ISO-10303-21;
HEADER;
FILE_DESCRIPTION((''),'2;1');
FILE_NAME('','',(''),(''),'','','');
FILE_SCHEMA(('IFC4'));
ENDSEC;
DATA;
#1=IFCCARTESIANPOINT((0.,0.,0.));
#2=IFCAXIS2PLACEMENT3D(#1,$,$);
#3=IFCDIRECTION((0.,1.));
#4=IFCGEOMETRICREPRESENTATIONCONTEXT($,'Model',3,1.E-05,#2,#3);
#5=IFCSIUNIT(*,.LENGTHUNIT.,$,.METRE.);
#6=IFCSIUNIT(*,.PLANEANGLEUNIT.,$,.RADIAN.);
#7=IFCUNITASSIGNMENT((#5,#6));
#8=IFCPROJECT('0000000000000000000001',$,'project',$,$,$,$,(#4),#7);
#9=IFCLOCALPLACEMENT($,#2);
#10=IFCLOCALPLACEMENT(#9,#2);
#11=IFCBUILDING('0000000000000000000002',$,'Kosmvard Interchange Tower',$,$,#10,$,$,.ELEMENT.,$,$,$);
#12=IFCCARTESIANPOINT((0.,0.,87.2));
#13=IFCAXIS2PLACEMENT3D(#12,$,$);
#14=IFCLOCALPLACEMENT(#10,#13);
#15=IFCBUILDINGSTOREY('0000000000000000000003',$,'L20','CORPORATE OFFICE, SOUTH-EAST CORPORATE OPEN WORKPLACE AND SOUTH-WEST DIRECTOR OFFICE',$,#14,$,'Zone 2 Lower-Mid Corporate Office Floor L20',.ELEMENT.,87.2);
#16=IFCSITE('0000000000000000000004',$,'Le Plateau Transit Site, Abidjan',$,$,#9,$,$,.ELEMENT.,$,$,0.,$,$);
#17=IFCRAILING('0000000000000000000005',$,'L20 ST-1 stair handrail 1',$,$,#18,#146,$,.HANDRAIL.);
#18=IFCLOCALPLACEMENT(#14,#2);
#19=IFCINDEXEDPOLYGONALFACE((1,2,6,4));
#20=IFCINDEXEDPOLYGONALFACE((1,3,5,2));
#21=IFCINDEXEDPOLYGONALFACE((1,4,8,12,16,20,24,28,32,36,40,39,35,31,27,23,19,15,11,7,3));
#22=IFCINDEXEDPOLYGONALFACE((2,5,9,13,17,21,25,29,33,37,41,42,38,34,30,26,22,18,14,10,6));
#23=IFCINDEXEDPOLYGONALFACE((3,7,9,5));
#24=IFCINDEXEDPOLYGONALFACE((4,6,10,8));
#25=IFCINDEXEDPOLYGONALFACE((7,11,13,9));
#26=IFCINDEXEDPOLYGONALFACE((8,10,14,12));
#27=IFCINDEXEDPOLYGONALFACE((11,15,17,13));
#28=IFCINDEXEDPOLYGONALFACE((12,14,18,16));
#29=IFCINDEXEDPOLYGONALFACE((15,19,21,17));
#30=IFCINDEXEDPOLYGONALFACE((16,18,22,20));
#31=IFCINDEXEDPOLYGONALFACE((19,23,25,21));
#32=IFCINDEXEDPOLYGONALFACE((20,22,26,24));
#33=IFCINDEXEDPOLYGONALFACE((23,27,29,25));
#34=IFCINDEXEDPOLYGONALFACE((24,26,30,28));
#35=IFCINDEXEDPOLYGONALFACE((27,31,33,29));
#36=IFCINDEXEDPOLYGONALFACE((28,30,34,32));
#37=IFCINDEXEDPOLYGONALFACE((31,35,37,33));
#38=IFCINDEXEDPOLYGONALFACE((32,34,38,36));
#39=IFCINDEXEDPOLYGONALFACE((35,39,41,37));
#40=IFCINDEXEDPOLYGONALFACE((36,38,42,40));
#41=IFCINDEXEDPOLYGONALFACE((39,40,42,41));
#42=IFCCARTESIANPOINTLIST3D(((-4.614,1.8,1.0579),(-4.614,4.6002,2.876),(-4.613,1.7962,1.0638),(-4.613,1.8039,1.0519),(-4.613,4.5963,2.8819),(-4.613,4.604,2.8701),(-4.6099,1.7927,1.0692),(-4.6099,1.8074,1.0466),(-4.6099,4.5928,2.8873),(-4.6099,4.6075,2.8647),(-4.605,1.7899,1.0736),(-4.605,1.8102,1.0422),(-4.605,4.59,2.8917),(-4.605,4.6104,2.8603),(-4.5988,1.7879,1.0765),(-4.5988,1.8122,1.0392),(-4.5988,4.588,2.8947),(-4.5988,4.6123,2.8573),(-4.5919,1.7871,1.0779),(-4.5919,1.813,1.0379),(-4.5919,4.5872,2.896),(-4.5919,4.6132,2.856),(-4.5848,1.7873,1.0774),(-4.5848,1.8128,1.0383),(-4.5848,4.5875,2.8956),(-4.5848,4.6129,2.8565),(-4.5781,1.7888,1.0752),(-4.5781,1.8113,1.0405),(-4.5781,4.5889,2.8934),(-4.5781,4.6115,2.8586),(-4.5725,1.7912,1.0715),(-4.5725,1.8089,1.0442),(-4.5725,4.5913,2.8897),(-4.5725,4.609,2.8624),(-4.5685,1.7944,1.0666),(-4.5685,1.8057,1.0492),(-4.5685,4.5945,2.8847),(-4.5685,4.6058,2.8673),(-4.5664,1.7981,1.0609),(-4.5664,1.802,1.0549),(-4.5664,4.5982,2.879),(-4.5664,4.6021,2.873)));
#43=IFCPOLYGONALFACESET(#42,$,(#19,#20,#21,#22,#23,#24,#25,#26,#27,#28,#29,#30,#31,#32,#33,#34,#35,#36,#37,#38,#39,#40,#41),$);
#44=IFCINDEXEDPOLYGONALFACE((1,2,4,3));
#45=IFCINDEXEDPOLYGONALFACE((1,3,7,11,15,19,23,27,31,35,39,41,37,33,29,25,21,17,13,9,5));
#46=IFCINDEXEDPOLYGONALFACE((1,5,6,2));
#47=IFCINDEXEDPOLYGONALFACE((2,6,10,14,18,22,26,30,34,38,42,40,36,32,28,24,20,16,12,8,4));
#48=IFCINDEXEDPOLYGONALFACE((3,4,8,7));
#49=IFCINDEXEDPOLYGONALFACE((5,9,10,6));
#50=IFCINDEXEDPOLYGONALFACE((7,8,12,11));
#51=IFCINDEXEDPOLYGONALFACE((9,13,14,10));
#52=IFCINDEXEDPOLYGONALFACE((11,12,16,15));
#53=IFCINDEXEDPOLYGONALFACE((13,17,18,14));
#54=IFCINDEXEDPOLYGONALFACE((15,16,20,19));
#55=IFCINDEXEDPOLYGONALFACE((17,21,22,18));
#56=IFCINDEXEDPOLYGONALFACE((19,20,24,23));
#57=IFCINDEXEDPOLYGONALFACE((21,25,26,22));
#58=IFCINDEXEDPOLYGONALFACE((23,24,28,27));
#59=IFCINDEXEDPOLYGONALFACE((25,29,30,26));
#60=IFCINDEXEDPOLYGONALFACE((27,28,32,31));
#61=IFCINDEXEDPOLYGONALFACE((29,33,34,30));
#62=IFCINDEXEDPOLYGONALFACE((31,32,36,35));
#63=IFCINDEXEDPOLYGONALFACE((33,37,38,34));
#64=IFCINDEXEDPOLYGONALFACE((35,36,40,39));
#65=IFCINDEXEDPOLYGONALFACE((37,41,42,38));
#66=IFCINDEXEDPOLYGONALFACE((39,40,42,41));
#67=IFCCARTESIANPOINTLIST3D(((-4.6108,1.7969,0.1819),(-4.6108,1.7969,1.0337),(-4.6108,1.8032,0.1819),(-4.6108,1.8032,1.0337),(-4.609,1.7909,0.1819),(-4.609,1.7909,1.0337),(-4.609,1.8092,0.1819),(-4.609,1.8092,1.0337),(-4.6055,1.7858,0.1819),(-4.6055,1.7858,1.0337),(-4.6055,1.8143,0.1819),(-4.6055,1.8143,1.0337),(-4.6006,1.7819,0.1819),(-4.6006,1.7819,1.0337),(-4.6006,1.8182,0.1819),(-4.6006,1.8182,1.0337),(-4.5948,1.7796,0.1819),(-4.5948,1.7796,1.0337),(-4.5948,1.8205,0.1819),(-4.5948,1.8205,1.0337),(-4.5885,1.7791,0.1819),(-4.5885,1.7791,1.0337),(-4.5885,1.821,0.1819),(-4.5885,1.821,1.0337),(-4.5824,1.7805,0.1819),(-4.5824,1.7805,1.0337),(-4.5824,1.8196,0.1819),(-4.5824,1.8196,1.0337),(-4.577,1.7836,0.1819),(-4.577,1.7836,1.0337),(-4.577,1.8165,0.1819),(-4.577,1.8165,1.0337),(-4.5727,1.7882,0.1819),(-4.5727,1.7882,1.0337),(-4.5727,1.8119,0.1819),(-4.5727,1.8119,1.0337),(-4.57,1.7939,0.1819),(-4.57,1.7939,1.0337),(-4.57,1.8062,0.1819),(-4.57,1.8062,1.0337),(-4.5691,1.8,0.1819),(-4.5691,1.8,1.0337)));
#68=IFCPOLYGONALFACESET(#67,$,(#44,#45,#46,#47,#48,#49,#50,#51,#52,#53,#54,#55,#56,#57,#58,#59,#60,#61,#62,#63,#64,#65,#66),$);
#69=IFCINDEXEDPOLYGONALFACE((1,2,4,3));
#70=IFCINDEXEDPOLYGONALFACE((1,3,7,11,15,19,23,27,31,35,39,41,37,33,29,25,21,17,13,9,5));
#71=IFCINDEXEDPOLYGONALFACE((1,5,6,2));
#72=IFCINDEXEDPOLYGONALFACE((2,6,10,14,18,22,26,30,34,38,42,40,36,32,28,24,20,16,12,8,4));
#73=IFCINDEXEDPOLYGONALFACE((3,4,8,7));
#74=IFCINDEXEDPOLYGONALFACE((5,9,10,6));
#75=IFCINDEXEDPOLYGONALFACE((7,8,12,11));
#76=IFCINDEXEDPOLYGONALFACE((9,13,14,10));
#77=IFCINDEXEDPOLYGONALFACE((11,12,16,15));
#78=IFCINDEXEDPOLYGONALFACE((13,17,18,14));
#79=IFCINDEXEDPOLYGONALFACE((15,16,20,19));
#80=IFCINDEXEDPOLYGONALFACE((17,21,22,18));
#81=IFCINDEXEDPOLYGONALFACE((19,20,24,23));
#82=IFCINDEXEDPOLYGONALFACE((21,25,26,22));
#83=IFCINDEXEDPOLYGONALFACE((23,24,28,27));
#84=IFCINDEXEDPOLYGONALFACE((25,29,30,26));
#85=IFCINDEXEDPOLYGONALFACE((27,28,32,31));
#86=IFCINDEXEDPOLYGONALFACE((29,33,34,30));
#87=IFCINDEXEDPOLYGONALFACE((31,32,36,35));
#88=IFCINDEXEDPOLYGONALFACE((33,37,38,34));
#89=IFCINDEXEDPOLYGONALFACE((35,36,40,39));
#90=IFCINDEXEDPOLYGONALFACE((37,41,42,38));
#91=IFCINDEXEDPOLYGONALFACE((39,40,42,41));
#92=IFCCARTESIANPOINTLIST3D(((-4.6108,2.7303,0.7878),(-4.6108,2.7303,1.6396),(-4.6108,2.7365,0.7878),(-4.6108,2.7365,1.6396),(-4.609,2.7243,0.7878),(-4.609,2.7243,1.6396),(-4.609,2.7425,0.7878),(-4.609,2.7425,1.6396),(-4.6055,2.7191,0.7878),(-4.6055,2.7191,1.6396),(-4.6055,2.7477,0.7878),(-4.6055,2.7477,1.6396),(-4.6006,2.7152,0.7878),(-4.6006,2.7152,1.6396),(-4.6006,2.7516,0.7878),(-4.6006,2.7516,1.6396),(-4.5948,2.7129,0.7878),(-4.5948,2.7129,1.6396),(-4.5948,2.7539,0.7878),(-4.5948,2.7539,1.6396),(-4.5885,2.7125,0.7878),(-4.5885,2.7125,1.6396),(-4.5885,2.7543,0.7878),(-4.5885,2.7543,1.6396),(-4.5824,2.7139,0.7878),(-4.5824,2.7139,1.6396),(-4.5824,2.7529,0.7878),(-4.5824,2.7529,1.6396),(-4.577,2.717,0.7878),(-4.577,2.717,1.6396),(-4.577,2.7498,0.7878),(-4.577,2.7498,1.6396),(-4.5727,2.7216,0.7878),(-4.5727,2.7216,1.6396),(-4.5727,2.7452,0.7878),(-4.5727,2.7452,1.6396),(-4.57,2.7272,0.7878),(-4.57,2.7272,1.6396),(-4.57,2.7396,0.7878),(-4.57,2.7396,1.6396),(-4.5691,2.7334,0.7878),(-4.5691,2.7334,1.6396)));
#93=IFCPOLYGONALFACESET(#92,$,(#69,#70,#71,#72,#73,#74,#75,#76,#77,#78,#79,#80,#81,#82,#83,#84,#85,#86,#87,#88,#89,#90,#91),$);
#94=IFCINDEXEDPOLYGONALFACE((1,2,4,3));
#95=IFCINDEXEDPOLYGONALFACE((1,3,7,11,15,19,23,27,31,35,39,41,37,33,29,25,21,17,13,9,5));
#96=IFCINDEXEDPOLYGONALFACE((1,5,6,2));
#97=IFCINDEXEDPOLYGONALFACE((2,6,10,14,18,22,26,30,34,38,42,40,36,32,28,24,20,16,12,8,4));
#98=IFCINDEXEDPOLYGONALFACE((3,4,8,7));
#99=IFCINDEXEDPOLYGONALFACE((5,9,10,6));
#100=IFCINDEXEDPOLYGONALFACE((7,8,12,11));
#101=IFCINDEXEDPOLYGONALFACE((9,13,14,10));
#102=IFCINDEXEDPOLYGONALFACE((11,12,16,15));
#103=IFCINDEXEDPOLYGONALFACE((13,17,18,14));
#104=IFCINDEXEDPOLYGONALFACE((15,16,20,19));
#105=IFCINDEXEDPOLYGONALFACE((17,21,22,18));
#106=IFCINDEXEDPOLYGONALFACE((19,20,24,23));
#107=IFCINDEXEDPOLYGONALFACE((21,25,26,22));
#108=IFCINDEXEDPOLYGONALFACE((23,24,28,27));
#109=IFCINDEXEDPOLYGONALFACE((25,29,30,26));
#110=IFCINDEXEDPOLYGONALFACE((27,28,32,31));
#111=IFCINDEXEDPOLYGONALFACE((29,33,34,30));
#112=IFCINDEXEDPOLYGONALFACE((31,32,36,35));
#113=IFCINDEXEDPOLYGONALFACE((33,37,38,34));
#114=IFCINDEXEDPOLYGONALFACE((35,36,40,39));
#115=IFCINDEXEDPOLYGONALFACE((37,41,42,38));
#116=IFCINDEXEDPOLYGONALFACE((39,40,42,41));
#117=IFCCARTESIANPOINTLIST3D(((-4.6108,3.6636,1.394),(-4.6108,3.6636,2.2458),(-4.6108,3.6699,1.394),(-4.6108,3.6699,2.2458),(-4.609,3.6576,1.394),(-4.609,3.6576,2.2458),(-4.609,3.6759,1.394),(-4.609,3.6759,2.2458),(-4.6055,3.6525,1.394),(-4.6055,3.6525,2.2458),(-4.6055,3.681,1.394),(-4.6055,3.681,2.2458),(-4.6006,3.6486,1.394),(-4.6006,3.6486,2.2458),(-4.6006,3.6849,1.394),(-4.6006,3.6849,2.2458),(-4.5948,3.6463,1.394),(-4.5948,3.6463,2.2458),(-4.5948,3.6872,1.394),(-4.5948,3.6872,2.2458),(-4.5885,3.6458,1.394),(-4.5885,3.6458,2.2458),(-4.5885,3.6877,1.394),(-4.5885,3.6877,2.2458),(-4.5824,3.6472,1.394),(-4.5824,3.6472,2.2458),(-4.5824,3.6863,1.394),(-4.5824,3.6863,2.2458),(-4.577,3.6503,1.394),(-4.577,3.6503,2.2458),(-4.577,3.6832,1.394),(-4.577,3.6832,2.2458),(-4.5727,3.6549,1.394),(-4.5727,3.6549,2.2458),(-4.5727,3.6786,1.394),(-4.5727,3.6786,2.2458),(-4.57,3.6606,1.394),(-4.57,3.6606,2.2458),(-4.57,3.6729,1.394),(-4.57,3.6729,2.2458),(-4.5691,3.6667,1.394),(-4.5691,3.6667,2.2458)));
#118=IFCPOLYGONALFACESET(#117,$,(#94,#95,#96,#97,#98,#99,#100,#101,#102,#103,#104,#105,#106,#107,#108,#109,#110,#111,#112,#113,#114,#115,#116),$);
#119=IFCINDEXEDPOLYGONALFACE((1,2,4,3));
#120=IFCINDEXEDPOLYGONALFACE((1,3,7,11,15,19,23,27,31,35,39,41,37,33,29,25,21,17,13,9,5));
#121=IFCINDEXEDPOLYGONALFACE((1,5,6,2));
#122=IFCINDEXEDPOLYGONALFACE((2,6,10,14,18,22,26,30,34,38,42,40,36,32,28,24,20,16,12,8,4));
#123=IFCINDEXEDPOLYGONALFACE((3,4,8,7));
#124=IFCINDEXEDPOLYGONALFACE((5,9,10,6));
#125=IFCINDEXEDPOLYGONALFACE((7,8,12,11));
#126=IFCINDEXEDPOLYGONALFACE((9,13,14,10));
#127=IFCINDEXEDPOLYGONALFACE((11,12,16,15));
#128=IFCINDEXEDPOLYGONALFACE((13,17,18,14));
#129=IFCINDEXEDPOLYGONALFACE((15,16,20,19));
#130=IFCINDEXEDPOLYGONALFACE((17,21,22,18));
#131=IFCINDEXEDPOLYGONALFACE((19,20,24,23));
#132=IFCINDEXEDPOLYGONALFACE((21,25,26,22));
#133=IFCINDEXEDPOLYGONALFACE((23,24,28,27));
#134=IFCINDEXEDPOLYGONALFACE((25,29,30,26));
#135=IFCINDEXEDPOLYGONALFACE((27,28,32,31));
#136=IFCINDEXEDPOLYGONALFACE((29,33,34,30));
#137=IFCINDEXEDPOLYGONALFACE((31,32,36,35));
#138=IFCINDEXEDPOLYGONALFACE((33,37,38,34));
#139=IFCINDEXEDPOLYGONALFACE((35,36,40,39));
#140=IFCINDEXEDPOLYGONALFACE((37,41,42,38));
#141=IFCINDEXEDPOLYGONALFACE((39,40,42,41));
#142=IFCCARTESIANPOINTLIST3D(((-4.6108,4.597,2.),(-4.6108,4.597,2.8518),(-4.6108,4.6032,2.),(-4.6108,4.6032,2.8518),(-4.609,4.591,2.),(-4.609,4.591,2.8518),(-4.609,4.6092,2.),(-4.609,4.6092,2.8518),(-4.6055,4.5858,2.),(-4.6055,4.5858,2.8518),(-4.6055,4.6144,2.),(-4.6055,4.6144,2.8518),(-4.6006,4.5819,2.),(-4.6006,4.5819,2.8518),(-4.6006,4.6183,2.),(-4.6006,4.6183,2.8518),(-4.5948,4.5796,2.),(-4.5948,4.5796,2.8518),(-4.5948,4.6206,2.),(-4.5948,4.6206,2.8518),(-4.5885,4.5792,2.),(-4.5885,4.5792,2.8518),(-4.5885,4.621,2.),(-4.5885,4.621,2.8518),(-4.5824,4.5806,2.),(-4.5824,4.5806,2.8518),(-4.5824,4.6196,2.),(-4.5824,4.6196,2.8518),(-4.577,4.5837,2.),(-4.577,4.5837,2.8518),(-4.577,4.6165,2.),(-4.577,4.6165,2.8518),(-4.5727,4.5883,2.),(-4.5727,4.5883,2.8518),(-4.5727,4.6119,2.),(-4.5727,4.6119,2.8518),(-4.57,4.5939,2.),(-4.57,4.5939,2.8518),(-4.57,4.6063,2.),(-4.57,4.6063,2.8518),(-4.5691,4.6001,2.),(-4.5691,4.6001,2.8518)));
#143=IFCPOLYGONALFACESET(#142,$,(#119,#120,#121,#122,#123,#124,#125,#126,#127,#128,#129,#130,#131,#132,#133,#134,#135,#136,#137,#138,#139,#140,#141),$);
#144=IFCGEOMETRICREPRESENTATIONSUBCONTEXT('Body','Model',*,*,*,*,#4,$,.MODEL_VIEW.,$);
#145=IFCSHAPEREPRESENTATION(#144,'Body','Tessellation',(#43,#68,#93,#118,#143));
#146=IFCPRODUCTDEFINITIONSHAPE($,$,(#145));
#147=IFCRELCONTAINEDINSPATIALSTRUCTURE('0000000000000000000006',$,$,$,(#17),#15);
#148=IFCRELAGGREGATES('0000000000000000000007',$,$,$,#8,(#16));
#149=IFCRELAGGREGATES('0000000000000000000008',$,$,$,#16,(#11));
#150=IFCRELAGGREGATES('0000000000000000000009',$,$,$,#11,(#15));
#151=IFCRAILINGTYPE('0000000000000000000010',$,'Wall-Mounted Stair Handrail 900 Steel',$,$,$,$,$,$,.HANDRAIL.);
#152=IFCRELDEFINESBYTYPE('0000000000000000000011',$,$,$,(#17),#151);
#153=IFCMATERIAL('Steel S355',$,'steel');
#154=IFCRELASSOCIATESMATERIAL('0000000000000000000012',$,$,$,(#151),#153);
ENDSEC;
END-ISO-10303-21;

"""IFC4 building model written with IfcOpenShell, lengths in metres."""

from ifc_helpers import new_model, si_unit, direction, frame, origin, origin_2d, place, context, subcontext, project, spatial, circle, extrude, source, transform, mapped, material, type_object, element, save


model = new_model("IFC4")

# Units and contexts
model_context = context("Model", 3, precision=1e-05, world=origin(), true_north=direction((0.0, 1.0)))
body_context = subcontext(model_context, "Body", "Model", "MODEL_VIEW")
ifc_project = project(units=[si_unit("LENGTHUNIT", "METRE"), si_unit("PLANEANGLEUNIT", "RADIAN")], contexts=[model_context])

# Site, building, storey
site_placement = place(None, origin())
site = spatial("IfcSite", under=ifc_project, at=site_placement, Name="Le Plateau Transit Site, Abidjan", CompositionType="ELEMENT", RefElevation=0.0)
building_placement = place(site_placement, origin())
building = spatial("IfcBuilding", under=site, at=building_placement, Name="Kosmvard Interchange Tower", CompositionType="ELEMENT")
storey_placement = place(building_placement, frame((0.0, 0.0, 87.2)))
storey = spatial("IfcBuildingStorey", under=building, at=storey_placement, Name="L20", Description="CORPORATE OFFICE, SOUTH-EAST CORPORATE OPEN WORKPLACE AND SOUTH-WEST DIRECTOR OFFICE", LongName="Zone 2 Lower-Mid Corporate Office Floor L20", CompositionType="ELEMENT", Elevation=87.2)

# Shared definitions
ifc_material_1 = material(Name="Steel S355", Category="steel")

# Railing
railing_type_1 = type_object("IfcRailingType", Name="Wall-Mounted Stair Handrail 900 Steel", PredefinedType="HANDRAIL", material=ifc_material_1)
shared_shape_1 = source(origin(), body_context, "Body", "SweptSolid", [
    extrude(circle(Radius=0.0239, at=origin_2d()), frame((0.0, 0.0, 0.876), z_axis=(0.0, 0.838706, 0.544585), x_axis=(-1.0, 0.0, 0.0)), (0.0, 0.0, 1.0), 3.3386),
    extrude(circle(Radius=0.021, at=origin_2d()), origin(), (0.0, 0.0, 1.0), 0.8518),
    extrude(circle(Radius=0.021, at=origin_2d()), frame((0.0, 0.9333, 0.606)), (0.0, 0.0, 1.0), 0.8518),
    extrude(circle(Radius=0.021, at=origin_2d()), frame((0.0, 1.8667, 1.2122)), (0.0, 0.0, 1.0), 0.8518),
    extrude(circle(Radius=0.021, at=origin_2d()), frame((0.0, 2.8, 1.8181)), (0.0, 0.0, 1.0), 0.8518),
])
railing_1_placement = place(storey_placement, frame((-4.5901, 1.8, 0.1819)))
element("IfcRailing", 1, at=railing_1_placement, inside=storey, type_object=railing_type_1, Name="L20 ST-1 stair handrail 1", PredefinedType="HANDRAIL", context=body_context, shape_type="MappedRepresentation", body=[
    mapped(shared_shape_1, transform((0.0, 0.0, 0.0), scale=1.0)),
])

save(model, "model.ifc")
